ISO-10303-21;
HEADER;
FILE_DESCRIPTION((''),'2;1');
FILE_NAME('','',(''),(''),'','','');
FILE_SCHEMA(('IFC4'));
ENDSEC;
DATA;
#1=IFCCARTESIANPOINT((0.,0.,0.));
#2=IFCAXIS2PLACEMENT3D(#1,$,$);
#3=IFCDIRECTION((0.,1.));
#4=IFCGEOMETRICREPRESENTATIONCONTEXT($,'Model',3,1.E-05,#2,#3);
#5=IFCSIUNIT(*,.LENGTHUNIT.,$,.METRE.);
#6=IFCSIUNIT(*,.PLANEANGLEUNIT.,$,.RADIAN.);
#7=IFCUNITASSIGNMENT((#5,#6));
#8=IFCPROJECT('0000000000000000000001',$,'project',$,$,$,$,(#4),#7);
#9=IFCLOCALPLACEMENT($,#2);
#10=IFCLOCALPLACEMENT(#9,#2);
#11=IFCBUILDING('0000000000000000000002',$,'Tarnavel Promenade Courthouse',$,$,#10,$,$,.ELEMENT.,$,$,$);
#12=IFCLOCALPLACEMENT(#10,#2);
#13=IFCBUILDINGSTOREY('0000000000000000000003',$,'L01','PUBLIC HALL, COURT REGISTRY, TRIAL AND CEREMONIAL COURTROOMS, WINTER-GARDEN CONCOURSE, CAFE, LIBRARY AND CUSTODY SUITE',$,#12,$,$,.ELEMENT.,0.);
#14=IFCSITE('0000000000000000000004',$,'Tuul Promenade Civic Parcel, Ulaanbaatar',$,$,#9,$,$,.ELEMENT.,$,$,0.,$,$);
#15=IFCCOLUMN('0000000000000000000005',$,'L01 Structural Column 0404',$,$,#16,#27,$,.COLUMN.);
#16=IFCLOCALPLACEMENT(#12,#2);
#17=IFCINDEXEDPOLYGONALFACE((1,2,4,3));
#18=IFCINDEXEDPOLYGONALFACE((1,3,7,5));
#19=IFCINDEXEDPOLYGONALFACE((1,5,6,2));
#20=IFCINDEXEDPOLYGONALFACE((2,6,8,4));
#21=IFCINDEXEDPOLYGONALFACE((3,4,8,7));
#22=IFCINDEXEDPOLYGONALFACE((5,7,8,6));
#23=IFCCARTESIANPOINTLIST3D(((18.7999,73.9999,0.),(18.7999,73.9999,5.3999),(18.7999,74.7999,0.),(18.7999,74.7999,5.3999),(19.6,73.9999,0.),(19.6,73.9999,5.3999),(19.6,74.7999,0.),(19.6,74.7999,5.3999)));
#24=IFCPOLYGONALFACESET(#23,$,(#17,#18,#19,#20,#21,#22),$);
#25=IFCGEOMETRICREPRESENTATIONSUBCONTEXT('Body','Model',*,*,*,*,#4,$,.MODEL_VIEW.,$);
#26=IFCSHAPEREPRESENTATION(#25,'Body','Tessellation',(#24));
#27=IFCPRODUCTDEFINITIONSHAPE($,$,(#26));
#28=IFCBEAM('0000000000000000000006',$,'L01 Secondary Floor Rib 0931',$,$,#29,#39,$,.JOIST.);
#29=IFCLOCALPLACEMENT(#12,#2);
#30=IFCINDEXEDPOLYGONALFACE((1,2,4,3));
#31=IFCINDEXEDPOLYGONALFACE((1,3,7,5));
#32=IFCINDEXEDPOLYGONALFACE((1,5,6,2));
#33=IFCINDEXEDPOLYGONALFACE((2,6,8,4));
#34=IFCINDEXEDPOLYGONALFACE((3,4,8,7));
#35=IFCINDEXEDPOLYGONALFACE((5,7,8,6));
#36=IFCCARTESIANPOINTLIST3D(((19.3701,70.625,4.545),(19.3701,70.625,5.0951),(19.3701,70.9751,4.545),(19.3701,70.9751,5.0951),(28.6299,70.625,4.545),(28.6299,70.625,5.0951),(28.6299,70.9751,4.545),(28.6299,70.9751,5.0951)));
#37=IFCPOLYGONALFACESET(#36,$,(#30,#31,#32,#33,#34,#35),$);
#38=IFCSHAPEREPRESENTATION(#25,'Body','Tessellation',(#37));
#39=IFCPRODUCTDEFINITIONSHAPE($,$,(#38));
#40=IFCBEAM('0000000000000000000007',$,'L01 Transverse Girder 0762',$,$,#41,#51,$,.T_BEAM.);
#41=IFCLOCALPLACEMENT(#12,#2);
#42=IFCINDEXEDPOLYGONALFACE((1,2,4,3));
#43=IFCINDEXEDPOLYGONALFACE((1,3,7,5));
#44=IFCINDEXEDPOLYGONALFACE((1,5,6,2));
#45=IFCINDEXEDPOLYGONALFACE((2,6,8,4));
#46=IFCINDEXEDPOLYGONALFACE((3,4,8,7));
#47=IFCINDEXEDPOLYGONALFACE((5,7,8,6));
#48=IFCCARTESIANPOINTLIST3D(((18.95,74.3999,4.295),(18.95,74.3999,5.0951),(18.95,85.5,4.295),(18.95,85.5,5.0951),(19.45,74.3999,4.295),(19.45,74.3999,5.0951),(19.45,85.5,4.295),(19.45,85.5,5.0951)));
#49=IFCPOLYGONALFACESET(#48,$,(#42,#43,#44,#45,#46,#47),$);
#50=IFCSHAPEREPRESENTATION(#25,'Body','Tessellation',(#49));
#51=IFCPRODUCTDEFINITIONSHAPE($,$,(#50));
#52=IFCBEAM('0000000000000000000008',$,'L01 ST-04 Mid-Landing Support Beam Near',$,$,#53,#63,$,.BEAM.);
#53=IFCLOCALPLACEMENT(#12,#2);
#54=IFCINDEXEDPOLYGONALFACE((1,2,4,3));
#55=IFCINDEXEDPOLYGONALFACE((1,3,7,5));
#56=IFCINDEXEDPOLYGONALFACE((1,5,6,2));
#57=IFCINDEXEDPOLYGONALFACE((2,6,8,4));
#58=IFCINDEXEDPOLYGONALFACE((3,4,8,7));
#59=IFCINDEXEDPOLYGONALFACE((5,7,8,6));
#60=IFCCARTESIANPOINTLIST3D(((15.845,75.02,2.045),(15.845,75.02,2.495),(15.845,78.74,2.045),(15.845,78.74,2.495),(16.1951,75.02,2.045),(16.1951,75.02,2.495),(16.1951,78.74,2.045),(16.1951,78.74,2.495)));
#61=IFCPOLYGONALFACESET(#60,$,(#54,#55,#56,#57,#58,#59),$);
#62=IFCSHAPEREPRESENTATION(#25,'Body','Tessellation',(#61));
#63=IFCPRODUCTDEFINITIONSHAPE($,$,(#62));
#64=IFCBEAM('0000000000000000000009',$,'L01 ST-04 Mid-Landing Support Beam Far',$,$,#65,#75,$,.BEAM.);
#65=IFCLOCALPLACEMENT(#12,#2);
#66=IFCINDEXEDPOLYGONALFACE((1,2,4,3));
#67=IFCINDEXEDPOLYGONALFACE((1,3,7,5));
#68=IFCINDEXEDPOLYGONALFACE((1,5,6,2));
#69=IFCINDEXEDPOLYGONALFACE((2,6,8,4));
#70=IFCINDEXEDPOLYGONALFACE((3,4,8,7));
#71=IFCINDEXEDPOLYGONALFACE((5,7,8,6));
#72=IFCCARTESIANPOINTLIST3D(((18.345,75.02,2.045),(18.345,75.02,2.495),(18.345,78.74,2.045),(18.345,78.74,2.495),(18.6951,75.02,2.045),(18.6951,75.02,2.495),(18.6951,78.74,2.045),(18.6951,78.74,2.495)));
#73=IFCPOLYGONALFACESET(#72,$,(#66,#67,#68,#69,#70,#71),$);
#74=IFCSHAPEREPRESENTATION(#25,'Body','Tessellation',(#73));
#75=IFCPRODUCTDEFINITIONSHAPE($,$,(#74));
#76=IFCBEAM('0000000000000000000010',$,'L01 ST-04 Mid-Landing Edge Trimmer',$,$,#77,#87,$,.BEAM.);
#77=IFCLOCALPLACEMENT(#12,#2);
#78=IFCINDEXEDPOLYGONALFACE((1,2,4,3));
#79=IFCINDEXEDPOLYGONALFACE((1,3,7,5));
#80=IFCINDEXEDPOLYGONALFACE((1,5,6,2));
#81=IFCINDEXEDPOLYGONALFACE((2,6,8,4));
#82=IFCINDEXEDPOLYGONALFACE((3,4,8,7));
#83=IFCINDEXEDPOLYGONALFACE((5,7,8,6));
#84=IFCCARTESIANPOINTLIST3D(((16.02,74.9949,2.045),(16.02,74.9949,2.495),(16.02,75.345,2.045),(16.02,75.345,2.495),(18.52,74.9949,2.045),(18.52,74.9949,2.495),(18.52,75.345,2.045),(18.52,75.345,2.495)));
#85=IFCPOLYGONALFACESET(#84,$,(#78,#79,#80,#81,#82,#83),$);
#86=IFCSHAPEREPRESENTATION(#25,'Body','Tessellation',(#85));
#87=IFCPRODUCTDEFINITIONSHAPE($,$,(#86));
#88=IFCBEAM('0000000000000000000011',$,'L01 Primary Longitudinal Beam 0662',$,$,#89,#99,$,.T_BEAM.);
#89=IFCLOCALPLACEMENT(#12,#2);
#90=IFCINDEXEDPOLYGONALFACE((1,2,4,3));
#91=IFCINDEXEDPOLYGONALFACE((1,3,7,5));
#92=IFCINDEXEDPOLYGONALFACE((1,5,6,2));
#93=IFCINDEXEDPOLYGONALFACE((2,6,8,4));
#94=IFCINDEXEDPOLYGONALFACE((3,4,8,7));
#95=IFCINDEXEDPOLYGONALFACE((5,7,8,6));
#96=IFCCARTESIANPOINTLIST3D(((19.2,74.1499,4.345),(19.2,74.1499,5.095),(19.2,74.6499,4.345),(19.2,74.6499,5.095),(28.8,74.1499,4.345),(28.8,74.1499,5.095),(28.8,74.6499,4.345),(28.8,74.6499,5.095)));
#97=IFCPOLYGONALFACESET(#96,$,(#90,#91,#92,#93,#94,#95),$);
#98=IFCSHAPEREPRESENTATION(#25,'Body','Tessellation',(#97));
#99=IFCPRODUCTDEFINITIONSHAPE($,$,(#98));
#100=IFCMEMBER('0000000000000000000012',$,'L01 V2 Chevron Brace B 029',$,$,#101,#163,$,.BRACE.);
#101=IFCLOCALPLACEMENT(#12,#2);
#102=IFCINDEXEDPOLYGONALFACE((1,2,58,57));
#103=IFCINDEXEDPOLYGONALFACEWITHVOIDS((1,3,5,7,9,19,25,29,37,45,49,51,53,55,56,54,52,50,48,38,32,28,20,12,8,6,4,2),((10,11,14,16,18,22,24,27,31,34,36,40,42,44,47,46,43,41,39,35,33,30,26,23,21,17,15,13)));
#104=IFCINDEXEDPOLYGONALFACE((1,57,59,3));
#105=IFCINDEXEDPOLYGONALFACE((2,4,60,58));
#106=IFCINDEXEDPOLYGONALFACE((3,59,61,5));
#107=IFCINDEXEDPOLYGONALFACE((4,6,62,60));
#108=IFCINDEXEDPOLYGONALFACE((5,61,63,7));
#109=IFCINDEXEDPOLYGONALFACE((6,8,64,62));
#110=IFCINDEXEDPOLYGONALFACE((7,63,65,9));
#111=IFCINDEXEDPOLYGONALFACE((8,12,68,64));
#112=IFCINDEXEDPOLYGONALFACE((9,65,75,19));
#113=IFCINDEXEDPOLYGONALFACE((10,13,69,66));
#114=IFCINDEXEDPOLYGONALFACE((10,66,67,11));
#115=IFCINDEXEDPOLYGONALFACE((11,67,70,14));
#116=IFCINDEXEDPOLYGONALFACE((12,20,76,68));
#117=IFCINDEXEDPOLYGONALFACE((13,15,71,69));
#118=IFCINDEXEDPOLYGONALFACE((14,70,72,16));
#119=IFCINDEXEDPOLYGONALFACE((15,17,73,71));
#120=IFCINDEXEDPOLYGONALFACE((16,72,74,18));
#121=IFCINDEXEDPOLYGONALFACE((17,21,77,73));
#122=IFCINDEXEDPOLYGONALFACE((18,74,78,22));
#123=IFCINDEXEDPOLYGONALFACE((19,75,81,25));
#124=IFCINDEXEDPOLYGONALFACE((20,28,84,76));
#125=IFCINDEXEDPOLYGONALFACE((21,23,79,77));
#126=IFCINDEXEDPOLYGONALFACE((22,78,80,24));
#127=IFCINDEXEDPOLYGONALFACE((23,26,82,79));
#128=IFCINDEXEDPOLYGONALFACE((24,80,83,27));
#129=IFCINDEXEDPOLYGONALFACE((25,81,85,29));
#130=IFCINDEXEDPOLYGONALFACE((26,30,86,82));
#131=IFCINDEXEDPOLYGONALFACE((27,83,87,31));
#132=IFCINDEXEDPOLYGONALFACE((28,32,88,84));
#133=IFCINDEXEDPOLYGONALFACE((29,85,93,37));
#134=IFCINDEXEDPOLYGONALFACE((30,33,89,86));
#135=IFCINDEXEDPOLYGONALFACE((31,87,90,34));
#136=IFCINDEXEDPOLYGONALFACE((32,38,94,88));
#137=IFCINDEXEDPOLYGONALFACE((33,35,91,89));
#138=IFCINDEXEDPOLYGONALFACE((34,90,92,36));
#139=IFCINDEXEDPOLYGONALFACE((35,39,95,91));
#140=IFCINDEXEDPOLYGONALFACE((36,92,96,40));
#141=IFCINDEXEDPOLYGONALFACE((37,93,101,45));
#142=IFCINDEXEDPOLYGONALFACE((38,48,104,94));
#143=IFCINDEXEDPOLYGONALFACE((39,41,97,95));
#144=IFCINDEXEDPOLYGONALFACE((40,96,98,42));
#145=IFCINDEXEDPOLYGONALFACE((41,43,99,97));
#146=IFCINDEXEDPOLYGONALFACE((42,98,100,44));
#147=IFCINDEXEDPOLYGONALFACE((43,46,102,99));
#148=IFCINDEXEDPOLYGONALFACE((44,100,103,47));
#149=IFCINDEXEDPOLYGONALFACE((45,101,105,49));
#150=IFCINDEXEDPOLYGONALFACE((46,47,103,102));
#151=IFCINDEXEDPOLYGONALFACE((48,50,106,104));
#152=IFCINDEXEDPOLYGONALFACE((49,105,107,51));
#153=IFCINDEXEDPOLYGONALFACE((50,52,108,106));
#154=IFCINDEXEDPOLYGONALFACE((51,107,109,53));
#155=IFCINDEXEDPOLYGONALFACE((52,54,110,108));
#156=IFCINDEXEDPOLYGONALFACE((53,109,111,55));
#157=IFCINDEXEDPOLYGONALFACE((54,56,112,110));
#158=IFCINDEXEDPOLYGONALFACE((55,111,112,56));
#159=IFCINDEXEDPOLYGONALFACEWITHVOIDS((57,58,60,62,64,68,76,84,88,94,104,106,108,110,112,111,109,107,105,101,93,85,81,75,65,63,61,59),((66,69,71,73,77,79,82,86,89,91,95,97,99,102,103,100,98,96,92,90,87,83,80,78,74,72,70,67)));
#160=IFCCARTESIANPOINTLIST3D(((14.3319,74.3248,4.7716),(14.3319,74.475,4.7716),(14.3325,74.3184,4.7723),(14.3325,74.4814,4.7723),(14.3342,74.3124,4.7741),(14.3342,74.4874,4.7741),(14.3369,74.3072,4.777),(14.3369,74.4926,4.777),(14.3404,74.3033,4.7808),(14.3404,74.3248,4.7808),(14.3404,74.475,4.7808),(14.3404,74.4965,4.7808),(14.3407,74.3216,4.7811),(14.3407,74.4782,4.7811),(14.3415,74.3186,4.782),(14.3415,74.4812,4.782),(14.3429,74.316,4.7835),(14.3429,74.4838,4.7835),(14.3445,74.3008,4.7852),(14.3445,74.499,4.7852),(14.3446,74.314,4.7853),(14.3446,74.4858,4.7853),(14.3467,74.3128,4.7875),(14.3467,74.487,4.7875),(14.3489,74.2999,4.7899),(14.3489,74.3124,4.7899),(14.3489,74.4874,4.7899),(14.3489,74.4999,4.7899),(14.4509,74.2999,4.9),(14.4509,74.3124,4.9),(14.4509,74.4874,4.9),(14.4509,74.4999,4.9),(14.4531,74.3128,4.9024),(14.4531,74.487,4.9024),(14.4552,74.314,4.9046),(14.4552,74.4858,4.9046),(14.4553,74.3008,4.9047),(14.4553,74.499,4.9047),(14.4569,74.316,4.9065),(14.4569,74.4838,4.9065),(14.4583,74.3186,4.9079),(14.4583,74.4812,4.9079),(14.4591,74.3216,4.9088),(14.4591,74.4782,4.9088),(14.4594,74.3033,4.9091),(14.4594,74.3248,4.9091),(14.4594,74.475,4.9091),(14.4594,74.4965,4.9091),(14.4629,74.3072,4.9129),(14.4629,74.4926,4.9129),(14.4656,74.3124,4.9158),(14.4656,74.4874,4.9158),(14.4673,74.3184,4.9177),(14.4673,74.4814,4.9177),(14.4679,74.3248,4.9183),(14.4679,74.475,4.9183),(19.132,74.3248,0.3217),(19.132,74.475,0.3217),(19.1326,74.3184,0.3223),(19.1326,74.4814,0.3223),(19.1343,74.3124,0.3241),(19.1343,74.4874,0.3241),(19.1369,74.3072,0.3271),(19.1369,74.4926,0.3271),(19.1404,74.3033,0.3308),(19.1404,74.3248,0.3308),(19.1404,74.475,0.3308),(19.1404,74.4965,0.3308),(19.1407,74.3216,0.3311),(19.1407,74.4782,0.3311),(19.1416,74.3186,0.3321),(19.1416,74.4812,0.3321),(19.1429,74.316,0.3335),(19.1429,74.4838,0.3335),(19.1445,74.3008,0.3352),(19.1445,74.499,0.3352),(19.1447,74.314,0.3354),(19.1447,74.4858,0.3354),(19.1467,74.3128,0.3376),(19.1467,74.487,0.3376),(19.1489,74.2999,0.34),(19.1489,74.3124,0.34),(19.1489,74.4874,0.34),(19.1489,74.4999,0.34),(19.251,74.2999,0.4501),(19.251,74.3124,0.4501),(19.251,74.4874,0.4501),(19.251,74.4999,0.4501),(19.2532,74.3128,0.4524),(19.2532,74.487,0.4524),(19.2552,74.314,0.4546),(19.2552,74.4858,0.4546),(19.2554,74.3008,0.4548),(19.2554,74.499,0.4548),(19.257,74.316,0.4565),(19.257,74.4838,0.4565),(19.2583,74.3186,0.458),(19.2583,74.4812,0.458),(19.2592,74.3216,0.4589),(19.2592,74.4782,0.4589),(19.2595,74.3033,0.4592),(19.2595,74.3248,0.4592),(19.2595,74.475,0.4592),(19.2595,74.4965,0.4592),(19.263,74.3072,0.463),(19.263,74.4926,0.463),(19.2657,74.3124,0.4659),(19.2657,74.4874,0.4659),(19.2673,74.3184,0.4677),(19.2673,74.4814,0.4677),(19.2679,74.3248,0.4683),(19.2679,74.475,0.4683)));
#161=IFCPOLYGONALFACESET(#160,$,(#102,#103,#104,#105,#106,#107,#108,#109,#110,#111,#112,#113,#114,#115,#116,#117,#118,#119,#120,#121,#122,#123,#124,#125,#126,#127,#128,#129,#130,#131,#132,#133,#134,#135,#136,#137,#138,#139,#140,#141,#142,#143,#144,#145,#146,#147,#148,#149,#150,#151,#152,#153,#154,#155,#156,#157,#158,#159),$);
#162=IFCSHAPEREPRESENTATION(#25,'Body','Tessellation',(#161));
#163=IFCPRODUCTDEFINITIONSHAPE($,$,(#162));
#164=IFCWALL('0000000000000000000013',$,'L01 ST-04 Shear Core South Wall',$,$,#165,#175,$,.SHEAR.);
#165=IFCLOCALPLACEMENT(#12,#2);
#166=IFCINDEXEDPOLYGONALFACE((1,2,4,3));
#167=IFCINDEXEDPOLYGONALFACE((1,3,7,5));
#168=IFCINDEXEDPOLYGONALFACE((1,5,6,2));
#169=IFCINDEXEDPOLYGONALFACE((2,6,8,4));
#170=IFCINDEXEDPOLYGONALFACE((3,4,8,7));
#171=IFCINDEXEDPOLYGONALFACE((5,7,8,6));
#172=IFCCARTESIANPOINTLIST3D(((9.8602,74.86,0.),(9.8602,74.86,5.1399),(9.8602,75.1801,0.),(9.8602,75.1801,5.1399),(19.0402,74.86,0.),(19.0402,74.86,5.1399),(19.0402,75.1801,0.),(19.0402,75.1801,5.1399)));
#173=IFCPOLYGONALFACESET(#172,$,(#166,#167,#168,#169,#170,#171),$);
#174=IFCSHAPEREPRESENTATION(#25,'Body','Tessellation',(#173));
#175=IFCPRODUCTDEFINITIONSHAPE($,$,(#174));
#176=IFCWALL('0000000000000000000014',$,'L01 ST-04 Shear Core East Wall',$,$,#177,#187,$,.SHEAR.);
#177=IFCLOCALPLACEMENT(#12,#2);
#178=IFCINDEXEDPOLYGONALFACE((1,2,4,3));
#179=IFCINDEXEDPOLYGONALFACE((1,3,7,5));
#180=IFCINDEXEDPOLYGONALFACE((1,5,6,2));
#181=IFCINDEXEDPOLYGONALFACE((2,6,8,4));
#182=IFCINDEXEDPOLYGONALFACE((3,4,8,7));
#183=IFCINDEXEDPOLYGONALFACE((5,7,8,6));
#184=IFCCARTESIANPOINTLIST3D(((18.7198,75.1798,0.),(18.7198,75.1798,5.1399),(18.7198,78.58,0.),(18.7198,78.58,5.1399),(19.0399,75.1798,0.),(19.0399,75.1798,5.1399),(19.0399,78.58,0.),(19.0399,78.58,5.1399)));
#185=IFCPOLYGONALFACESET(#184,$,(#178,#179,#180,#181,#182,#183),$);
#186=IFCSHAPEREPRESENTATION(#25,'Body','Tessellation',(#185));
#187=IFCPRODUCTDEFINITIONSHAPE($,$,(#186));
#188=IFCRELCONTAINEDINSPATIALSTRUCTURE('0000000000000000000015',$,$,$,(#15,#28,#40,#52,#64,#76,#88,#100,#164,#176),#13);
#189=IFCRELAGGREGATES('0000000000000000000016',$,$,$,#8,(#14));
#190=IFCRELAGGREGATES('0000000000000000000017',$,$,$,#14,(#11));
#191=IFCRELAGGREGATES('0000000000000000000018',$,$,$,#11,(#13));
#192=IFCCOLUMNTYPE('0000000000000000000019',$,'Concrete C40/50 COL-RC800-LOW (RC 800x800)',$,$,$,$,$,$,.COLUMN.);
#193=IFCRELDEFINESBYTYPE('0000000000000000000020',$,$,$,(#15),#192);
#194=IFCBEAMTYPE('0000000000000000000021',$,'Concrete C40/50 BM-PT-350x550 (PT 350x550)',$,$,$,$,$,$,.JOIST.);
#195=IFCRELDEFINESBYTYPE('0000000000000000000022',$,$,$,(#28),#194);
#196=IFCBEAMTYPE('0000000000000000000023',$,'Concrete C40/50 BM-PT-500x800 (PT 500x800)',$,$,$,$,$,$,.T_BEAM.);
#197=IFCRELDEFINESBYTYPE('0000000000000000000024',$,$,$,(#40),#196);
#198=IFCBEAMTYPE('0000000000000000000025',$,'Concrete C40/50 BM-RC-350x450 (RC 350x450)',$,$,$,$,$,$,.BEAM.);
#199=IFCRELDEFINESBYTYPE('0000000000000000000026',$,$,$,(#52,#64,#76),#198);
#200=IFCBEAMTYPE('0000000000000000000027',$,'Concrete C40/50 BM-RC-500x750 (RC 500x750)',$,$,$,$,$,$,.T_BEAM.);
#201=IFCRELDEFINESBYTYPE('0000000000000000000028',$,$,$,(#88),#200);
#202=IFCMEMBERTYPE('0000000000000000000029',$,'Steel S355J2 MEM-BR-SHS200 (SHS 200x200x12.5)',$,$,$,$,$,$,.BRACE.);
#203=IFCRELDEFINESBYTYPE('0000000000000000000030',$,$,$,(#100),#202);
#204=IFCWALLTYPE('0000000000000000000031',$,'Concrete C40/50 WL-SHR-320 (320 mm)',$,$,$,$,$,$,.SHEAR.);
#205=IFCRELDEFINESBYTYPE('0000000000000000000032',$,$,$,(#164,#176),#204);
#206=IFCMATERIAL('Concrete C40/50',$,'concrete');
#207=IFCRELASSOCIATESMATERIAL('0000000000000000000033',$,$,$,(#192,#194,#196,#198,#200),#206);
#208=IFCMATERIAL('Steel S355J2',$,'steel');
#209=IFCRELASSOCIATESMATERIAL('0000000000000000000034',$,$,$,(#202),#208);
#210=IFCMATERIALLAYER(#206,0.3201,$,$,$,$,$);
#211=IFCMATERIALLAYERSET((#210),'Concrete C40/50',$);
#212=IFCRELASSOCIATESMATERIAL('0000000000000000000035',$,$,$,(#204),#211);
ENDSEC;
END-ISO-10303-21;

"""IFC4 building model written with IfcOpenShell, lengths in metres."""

from ifc_helpers import new_model, si_unit, direction, frame, frame_2d, origin, origin_2d, place, context, subcontext, project, spatial, rectangle, hollow_rectangle, extrude, material, layer, layer_set, material_profile, profile_set, type_object, element, save


model = new_model("IFC4")

# Units and contexts
model_context = context("Model", 3, precision=1e-05, world=origin(), true_north=direction((0.0, 1.0)))
body_context = subcontext(model_context, "Body", "Model", "MODEL_VIEW")
ifc_project = project(units=[si_unit("LENGTHUNIT", "METRE"), si_unit("PLANEANGLEUNIT", "RADIAN")], contexts=[model_context])

# Site, building, storey
site_placement = place(None, origin())
site = spatial("IfcSite", under=ifc_project, at=site_placement, Name="Tuul Promenade Civic Parcel, Ulaanbaatar", CompositionType="ELEMENT", RefElevation=0.0)
building_placement = place(site_placement, origin())
building = spatial("IfcBuilding", under=site, at=building_placement, Name="Tarnavel Promenade Courthouse", CompositionType="ELEMENT")
storey_placement = place(building_placement, origin())
storey = spatial("IfcBuildingStorey", under=building, at=storey_placement, Name="L01", Description="PUBLIC HALL, COURT REGISTRY, TRIAL AND CEREMONIAL COURTROOMS, WINTER-GARDEN CONCOURSE, CAFE, LIBRARY AND CUSTODY SUITE", CompositionType="ELEMENT", Elevation=0.0)

# Column
ifc_material_1 = material(Name="Concrete C40/50", Category="concrete")
ifc_material_profile_1 = material_profile(ifc_material_1, rectangle(XDim=0.8, YDim=0.8, at=origin_2d()), Name="RC 800x800")
ifc_profile_set_1 = profile_set([ifc_material_profile_1], Name="Concrete C40/50")
column_type = type_object("IfcColumnType", Name="Concrete C40/50 COL-RC800-LOW (RC 800x800)", PredefinedType="COLUMN", material=ifc_profile_set_1)
column_placement = place(storey_placement, frame((19.2, 74.3999, 0.0), z_axis=(0.0, 0.0, 1.0), x_axis=(1.0, 0.0, 0.0)))
element("IfcColumn", 1, at=column_placement, inside=storey, type_object=column_type, Name="L01 Structural Column 0404", PredefinedType="COLUMN", context=body_context, shape_type="SweptSolid", body=[
    extrude(rectangle(XDim=0.8, YDim=0.8, at=origin_2d()), origin(), (0.0, 0.0, 1.0), 5.3999),
])

# Beams
ifc_material_profile_2 = material_profile(ifc_material_1, rectangle(XDim=0.3501, YDim=0.55, at=origin_2d()), Name="PT 350x550")
ifc_profile_set_2 = profile_set([ifc_material_profile_2], Name="Concrete C40/50")
beam_type_1 = type_object("IfcBeamType", Name="Concrete C40/50 BM-PT-350x550 (PT 350x550)", PredefinedType="JOIST", material=ifc_profile_set_2)
beam_1_placement = place(storey_placement, frame((19.3701, 70.8, 4.8201), z_axis=(1.0, 0.0, 0.0), x_axis=(0.0, 1.0, 0.0)))
element("IfcBeam", 2, at=beam_1_placement, inside=storey, type_object=beam_type_1, Name="L01 Secondary Floor Rib 0931", PredefinedType="JOIST", context=body_context, shape_type="SweptSolid", body=[
    extrude(rectangle(XDim=0.3501, YDim=0.55, at=origin_2d()), origin(), (0.0, 0.0, 1.0), 9.2598),
])
ifc_material_profile_3 = material_profile(ifc_material_1, rectangle(XDim=0.5, YDim=0.8, at=origin_2d()), Name="PT 500x800")
ifc_profile_set_3 = profile_set([ifc_material_profile_3], Name="Concrete C40/50")
beam_type_2 = type_object("IfcBeamType", Name="Concrete C40/50 BM-PT-500x800 (PT 500x800)", PredefinedType="T_BEAM", material=ifc_profile_set_3)
beam_2_placement = place(storey_placement, frame((19.2, 74.3999, 4.6951), z_axis=(0.0, 1.0, 0.0), x_axis=(-1.0, 0.0, 0.0)))
element("IfcBeam", 3, at=beam_2_placement, inside=storey, type_object=beam_type_2, Name="L01 Transverse Girder 0762", PredefinedType="T_BEAM", context=body_context, shape_type="SweptSolid", body=[
    extrude(rectangle(XDim=0.5, YDim=0.8, at=origin_2d()), origin(), (0.0, 0.0, 1.0), 11.1001),
])
ifc_material_profile_4 = material_profile(ifc_material_1, rectangle(XDim=0.3501, YDim=0.45, at=origin_2d()), Name="RC 350x450")
ifc_profile_set_4 = profile_set([ifc_material_profile_4], Name="Concrete C40/50")
beam_type_3 = type_object("IfcBeamType", Name="Concrete C40/50 BM-RC-350x450 (RC 350x450)", PredefinedType="BEAM", material=ifc_profile_set_4)
for number, where, z_axis, x_axis, name in (
    (4, (16.02, 75.02, 2.27), (0.0, 1.0, 0.0), (-1.0, 0.0, 0.0), "L01 ST-04 Mid-Landing Support Beam Near"),
    (5, (18.52, 75.02, 2.27), (0.0, 1.0, 0.0), (-1.0, 0.0, 0.0), "L01 ST-04 Mid-Landing Support Beam Far"),
):
    element("IfcBeam", number, at=place(storey_placement, frame(where, z_axis=z_axis, x_axis=x_axis)), inside=storey, type_object=beam_type_3, Name=name, PredefinedType="BEAM", context=body_context, shape_type="SweptSolid", body=[
        extrude(rectangle(XDim=0.3501, YDim=0.45, at=origin_2d()), origin(), (0.0, 0.0, 1.0), 3.72),
    ])
beam_3_placement = place(storey_placement, frame((16.02, 75.1699, 2.27), z_axis=(1.0, 0.0, 0.0), x_axis=(0.0, 1.0, 0.0)))
element("IfcBeam", 6, at=beam_3_placement, inside=storey, type_object=beam_type_3, Name="L01 ST-04 Mid-Landing Edge Trimmer", PredefinedType="BEAM", context=body_context, shape_type="SweptSolid", body=[
    extrude(rectangle(XDim=0.3501, YDim=0.45, at=origin_2d()), origin(), (0.0, 0.0, 1.0), 2.5),
])
ifc_material_profile_5 = material_profile(ifc_material_1, rectangle(XDim=0.5, YDim=0.75, at=origin_2d()), Name="RC 500x750")
ifc_profile_set_5 = profile_set([ifc_material_profile_5], Name="Concrete C40/50")
beam_type_4 = type_object("IfcBeamType", Name="Concrete C40/50 BM-RC-500x750 (RC 500x750)", PredefinedType="T_BEAM", material=ifc_profile_set_5)
beam_4_placement = place(storey_placement, frame((19.2, 74.3999, 4.72), z_axis=(1.0, 0.0, 0.0), x_axis=(0.0, 1.0, 0.0)))
element("IfcBeam", 7, at=beam_4_placement, inside=storey, type_object=beam_type_4, Name="L01 Primary Longitudinal Beam 0662", PredefinedType="T_BEAM", context=body_context, shape_type="SweptSolid", body=[
    extrude(rectangle(XDim=0.5, YDim=0.75, at=origin_2d()), origin(), (0.0, 0.0, 1.0), 9.6001),
])

# Member
ifc_material_2 = material(Name="Steel S355J2", Category="steel")
ifc_material_profile_6 = material_profile(ifc_material_2, hollow_rectangle(XDim=0.2, YDim=0.2, WallThickness=0.0125, InnerFilletRadius=0.0125, OuterFilletRadius=0.0249, at=origin_2d()), Name="SHS 200x200x12.5")
ifc_profile_set_6 = profile_set([ifc_material_profile_6], Name="Steel S355J2")
member_type = type_object("IfcMemberType", Name="Steel S355J2 MEM-BR-SHS200 (SHS 200x200x12.5)", PredefinedType="BRACE", material=ifc_profile_set_6)
member_placement = place(storey_placement, frame((19.2, 74.3999, 0.395), z_axis=(-0.733345, 0.0, 0.679857), x_axis=(0.0, -1.0, 0.0)))
element("IfcMember", 8, at=member_placement, inside=storey, type_object=member_type, Name="L01 V2 Chevron Brace B 029", PredefinedType="BRACE", context=body_context, shape_type="SweptSolid", body=[
    extrude(hollow_rectangle(XDim=0.2, YDim=0.2, WallThickness=0.0125, InnerFilletRadius=0.0125, OuterFilletRadius=0.0249, at=origin_2d()), origin(), (0.0, 0.0, 1.0), 6.5454),
])

# Walls
ifc_layer = layer(ifc_material_1, 0.3201)
ifc_layer_set = layer_set([ifc_layer], Name="Concrete C40/50")
wall_type = type_object("IfcWallType", Name="Concrete C40/50 WL-SHR-320 (320 mm)", PredefinedType="SHEAR", material=ifc_layer_set)
wall_1_placement = place(storey_placement, frame((19.04, 75.02, 0.0), z_axis=(0.0, 0.0, 1.0), x_axis=(-1.0, 0.0, 0.0)))
element("IfcWall", 9, at=wall_1_placement, inside=storey, type_object=wall_type, Name="L01 ST-04 Shear Core South Wall", PredefinedType="SHEAR", context=body_context, shape_type="SweptSolid", body=[
    extrude(rectangle(XDim=9.1799, YDim=0.3201, at=frame_2d((4.5898, 0.0))), origin(), (0.0, 0.0, 1.0), 5.1399),
])
wall_2_placement = place(storey_placement, frame((18.8799, 78.5801, 0.0), z_axis=(0.0, 0.0, 1.0), x_axis=(0.0, -1.0, 0.0)))
element("IfcWall", 10, at=wall_2_placement, inside=storey, type_object=wall_type, Name="L01 ST-04 Shear Core East Wall", PredefinedType="SHEAR", context=body_context, shape_type="SweptSolid", body=[
    extrude(rectangle(XDim=3.4001, YDim=0.3201, at=frame_2d((1.7002, 0.0))), origin(), (0.0, 0.0, 1.0), 5.1399),
])

save(model, "model.ifc")
